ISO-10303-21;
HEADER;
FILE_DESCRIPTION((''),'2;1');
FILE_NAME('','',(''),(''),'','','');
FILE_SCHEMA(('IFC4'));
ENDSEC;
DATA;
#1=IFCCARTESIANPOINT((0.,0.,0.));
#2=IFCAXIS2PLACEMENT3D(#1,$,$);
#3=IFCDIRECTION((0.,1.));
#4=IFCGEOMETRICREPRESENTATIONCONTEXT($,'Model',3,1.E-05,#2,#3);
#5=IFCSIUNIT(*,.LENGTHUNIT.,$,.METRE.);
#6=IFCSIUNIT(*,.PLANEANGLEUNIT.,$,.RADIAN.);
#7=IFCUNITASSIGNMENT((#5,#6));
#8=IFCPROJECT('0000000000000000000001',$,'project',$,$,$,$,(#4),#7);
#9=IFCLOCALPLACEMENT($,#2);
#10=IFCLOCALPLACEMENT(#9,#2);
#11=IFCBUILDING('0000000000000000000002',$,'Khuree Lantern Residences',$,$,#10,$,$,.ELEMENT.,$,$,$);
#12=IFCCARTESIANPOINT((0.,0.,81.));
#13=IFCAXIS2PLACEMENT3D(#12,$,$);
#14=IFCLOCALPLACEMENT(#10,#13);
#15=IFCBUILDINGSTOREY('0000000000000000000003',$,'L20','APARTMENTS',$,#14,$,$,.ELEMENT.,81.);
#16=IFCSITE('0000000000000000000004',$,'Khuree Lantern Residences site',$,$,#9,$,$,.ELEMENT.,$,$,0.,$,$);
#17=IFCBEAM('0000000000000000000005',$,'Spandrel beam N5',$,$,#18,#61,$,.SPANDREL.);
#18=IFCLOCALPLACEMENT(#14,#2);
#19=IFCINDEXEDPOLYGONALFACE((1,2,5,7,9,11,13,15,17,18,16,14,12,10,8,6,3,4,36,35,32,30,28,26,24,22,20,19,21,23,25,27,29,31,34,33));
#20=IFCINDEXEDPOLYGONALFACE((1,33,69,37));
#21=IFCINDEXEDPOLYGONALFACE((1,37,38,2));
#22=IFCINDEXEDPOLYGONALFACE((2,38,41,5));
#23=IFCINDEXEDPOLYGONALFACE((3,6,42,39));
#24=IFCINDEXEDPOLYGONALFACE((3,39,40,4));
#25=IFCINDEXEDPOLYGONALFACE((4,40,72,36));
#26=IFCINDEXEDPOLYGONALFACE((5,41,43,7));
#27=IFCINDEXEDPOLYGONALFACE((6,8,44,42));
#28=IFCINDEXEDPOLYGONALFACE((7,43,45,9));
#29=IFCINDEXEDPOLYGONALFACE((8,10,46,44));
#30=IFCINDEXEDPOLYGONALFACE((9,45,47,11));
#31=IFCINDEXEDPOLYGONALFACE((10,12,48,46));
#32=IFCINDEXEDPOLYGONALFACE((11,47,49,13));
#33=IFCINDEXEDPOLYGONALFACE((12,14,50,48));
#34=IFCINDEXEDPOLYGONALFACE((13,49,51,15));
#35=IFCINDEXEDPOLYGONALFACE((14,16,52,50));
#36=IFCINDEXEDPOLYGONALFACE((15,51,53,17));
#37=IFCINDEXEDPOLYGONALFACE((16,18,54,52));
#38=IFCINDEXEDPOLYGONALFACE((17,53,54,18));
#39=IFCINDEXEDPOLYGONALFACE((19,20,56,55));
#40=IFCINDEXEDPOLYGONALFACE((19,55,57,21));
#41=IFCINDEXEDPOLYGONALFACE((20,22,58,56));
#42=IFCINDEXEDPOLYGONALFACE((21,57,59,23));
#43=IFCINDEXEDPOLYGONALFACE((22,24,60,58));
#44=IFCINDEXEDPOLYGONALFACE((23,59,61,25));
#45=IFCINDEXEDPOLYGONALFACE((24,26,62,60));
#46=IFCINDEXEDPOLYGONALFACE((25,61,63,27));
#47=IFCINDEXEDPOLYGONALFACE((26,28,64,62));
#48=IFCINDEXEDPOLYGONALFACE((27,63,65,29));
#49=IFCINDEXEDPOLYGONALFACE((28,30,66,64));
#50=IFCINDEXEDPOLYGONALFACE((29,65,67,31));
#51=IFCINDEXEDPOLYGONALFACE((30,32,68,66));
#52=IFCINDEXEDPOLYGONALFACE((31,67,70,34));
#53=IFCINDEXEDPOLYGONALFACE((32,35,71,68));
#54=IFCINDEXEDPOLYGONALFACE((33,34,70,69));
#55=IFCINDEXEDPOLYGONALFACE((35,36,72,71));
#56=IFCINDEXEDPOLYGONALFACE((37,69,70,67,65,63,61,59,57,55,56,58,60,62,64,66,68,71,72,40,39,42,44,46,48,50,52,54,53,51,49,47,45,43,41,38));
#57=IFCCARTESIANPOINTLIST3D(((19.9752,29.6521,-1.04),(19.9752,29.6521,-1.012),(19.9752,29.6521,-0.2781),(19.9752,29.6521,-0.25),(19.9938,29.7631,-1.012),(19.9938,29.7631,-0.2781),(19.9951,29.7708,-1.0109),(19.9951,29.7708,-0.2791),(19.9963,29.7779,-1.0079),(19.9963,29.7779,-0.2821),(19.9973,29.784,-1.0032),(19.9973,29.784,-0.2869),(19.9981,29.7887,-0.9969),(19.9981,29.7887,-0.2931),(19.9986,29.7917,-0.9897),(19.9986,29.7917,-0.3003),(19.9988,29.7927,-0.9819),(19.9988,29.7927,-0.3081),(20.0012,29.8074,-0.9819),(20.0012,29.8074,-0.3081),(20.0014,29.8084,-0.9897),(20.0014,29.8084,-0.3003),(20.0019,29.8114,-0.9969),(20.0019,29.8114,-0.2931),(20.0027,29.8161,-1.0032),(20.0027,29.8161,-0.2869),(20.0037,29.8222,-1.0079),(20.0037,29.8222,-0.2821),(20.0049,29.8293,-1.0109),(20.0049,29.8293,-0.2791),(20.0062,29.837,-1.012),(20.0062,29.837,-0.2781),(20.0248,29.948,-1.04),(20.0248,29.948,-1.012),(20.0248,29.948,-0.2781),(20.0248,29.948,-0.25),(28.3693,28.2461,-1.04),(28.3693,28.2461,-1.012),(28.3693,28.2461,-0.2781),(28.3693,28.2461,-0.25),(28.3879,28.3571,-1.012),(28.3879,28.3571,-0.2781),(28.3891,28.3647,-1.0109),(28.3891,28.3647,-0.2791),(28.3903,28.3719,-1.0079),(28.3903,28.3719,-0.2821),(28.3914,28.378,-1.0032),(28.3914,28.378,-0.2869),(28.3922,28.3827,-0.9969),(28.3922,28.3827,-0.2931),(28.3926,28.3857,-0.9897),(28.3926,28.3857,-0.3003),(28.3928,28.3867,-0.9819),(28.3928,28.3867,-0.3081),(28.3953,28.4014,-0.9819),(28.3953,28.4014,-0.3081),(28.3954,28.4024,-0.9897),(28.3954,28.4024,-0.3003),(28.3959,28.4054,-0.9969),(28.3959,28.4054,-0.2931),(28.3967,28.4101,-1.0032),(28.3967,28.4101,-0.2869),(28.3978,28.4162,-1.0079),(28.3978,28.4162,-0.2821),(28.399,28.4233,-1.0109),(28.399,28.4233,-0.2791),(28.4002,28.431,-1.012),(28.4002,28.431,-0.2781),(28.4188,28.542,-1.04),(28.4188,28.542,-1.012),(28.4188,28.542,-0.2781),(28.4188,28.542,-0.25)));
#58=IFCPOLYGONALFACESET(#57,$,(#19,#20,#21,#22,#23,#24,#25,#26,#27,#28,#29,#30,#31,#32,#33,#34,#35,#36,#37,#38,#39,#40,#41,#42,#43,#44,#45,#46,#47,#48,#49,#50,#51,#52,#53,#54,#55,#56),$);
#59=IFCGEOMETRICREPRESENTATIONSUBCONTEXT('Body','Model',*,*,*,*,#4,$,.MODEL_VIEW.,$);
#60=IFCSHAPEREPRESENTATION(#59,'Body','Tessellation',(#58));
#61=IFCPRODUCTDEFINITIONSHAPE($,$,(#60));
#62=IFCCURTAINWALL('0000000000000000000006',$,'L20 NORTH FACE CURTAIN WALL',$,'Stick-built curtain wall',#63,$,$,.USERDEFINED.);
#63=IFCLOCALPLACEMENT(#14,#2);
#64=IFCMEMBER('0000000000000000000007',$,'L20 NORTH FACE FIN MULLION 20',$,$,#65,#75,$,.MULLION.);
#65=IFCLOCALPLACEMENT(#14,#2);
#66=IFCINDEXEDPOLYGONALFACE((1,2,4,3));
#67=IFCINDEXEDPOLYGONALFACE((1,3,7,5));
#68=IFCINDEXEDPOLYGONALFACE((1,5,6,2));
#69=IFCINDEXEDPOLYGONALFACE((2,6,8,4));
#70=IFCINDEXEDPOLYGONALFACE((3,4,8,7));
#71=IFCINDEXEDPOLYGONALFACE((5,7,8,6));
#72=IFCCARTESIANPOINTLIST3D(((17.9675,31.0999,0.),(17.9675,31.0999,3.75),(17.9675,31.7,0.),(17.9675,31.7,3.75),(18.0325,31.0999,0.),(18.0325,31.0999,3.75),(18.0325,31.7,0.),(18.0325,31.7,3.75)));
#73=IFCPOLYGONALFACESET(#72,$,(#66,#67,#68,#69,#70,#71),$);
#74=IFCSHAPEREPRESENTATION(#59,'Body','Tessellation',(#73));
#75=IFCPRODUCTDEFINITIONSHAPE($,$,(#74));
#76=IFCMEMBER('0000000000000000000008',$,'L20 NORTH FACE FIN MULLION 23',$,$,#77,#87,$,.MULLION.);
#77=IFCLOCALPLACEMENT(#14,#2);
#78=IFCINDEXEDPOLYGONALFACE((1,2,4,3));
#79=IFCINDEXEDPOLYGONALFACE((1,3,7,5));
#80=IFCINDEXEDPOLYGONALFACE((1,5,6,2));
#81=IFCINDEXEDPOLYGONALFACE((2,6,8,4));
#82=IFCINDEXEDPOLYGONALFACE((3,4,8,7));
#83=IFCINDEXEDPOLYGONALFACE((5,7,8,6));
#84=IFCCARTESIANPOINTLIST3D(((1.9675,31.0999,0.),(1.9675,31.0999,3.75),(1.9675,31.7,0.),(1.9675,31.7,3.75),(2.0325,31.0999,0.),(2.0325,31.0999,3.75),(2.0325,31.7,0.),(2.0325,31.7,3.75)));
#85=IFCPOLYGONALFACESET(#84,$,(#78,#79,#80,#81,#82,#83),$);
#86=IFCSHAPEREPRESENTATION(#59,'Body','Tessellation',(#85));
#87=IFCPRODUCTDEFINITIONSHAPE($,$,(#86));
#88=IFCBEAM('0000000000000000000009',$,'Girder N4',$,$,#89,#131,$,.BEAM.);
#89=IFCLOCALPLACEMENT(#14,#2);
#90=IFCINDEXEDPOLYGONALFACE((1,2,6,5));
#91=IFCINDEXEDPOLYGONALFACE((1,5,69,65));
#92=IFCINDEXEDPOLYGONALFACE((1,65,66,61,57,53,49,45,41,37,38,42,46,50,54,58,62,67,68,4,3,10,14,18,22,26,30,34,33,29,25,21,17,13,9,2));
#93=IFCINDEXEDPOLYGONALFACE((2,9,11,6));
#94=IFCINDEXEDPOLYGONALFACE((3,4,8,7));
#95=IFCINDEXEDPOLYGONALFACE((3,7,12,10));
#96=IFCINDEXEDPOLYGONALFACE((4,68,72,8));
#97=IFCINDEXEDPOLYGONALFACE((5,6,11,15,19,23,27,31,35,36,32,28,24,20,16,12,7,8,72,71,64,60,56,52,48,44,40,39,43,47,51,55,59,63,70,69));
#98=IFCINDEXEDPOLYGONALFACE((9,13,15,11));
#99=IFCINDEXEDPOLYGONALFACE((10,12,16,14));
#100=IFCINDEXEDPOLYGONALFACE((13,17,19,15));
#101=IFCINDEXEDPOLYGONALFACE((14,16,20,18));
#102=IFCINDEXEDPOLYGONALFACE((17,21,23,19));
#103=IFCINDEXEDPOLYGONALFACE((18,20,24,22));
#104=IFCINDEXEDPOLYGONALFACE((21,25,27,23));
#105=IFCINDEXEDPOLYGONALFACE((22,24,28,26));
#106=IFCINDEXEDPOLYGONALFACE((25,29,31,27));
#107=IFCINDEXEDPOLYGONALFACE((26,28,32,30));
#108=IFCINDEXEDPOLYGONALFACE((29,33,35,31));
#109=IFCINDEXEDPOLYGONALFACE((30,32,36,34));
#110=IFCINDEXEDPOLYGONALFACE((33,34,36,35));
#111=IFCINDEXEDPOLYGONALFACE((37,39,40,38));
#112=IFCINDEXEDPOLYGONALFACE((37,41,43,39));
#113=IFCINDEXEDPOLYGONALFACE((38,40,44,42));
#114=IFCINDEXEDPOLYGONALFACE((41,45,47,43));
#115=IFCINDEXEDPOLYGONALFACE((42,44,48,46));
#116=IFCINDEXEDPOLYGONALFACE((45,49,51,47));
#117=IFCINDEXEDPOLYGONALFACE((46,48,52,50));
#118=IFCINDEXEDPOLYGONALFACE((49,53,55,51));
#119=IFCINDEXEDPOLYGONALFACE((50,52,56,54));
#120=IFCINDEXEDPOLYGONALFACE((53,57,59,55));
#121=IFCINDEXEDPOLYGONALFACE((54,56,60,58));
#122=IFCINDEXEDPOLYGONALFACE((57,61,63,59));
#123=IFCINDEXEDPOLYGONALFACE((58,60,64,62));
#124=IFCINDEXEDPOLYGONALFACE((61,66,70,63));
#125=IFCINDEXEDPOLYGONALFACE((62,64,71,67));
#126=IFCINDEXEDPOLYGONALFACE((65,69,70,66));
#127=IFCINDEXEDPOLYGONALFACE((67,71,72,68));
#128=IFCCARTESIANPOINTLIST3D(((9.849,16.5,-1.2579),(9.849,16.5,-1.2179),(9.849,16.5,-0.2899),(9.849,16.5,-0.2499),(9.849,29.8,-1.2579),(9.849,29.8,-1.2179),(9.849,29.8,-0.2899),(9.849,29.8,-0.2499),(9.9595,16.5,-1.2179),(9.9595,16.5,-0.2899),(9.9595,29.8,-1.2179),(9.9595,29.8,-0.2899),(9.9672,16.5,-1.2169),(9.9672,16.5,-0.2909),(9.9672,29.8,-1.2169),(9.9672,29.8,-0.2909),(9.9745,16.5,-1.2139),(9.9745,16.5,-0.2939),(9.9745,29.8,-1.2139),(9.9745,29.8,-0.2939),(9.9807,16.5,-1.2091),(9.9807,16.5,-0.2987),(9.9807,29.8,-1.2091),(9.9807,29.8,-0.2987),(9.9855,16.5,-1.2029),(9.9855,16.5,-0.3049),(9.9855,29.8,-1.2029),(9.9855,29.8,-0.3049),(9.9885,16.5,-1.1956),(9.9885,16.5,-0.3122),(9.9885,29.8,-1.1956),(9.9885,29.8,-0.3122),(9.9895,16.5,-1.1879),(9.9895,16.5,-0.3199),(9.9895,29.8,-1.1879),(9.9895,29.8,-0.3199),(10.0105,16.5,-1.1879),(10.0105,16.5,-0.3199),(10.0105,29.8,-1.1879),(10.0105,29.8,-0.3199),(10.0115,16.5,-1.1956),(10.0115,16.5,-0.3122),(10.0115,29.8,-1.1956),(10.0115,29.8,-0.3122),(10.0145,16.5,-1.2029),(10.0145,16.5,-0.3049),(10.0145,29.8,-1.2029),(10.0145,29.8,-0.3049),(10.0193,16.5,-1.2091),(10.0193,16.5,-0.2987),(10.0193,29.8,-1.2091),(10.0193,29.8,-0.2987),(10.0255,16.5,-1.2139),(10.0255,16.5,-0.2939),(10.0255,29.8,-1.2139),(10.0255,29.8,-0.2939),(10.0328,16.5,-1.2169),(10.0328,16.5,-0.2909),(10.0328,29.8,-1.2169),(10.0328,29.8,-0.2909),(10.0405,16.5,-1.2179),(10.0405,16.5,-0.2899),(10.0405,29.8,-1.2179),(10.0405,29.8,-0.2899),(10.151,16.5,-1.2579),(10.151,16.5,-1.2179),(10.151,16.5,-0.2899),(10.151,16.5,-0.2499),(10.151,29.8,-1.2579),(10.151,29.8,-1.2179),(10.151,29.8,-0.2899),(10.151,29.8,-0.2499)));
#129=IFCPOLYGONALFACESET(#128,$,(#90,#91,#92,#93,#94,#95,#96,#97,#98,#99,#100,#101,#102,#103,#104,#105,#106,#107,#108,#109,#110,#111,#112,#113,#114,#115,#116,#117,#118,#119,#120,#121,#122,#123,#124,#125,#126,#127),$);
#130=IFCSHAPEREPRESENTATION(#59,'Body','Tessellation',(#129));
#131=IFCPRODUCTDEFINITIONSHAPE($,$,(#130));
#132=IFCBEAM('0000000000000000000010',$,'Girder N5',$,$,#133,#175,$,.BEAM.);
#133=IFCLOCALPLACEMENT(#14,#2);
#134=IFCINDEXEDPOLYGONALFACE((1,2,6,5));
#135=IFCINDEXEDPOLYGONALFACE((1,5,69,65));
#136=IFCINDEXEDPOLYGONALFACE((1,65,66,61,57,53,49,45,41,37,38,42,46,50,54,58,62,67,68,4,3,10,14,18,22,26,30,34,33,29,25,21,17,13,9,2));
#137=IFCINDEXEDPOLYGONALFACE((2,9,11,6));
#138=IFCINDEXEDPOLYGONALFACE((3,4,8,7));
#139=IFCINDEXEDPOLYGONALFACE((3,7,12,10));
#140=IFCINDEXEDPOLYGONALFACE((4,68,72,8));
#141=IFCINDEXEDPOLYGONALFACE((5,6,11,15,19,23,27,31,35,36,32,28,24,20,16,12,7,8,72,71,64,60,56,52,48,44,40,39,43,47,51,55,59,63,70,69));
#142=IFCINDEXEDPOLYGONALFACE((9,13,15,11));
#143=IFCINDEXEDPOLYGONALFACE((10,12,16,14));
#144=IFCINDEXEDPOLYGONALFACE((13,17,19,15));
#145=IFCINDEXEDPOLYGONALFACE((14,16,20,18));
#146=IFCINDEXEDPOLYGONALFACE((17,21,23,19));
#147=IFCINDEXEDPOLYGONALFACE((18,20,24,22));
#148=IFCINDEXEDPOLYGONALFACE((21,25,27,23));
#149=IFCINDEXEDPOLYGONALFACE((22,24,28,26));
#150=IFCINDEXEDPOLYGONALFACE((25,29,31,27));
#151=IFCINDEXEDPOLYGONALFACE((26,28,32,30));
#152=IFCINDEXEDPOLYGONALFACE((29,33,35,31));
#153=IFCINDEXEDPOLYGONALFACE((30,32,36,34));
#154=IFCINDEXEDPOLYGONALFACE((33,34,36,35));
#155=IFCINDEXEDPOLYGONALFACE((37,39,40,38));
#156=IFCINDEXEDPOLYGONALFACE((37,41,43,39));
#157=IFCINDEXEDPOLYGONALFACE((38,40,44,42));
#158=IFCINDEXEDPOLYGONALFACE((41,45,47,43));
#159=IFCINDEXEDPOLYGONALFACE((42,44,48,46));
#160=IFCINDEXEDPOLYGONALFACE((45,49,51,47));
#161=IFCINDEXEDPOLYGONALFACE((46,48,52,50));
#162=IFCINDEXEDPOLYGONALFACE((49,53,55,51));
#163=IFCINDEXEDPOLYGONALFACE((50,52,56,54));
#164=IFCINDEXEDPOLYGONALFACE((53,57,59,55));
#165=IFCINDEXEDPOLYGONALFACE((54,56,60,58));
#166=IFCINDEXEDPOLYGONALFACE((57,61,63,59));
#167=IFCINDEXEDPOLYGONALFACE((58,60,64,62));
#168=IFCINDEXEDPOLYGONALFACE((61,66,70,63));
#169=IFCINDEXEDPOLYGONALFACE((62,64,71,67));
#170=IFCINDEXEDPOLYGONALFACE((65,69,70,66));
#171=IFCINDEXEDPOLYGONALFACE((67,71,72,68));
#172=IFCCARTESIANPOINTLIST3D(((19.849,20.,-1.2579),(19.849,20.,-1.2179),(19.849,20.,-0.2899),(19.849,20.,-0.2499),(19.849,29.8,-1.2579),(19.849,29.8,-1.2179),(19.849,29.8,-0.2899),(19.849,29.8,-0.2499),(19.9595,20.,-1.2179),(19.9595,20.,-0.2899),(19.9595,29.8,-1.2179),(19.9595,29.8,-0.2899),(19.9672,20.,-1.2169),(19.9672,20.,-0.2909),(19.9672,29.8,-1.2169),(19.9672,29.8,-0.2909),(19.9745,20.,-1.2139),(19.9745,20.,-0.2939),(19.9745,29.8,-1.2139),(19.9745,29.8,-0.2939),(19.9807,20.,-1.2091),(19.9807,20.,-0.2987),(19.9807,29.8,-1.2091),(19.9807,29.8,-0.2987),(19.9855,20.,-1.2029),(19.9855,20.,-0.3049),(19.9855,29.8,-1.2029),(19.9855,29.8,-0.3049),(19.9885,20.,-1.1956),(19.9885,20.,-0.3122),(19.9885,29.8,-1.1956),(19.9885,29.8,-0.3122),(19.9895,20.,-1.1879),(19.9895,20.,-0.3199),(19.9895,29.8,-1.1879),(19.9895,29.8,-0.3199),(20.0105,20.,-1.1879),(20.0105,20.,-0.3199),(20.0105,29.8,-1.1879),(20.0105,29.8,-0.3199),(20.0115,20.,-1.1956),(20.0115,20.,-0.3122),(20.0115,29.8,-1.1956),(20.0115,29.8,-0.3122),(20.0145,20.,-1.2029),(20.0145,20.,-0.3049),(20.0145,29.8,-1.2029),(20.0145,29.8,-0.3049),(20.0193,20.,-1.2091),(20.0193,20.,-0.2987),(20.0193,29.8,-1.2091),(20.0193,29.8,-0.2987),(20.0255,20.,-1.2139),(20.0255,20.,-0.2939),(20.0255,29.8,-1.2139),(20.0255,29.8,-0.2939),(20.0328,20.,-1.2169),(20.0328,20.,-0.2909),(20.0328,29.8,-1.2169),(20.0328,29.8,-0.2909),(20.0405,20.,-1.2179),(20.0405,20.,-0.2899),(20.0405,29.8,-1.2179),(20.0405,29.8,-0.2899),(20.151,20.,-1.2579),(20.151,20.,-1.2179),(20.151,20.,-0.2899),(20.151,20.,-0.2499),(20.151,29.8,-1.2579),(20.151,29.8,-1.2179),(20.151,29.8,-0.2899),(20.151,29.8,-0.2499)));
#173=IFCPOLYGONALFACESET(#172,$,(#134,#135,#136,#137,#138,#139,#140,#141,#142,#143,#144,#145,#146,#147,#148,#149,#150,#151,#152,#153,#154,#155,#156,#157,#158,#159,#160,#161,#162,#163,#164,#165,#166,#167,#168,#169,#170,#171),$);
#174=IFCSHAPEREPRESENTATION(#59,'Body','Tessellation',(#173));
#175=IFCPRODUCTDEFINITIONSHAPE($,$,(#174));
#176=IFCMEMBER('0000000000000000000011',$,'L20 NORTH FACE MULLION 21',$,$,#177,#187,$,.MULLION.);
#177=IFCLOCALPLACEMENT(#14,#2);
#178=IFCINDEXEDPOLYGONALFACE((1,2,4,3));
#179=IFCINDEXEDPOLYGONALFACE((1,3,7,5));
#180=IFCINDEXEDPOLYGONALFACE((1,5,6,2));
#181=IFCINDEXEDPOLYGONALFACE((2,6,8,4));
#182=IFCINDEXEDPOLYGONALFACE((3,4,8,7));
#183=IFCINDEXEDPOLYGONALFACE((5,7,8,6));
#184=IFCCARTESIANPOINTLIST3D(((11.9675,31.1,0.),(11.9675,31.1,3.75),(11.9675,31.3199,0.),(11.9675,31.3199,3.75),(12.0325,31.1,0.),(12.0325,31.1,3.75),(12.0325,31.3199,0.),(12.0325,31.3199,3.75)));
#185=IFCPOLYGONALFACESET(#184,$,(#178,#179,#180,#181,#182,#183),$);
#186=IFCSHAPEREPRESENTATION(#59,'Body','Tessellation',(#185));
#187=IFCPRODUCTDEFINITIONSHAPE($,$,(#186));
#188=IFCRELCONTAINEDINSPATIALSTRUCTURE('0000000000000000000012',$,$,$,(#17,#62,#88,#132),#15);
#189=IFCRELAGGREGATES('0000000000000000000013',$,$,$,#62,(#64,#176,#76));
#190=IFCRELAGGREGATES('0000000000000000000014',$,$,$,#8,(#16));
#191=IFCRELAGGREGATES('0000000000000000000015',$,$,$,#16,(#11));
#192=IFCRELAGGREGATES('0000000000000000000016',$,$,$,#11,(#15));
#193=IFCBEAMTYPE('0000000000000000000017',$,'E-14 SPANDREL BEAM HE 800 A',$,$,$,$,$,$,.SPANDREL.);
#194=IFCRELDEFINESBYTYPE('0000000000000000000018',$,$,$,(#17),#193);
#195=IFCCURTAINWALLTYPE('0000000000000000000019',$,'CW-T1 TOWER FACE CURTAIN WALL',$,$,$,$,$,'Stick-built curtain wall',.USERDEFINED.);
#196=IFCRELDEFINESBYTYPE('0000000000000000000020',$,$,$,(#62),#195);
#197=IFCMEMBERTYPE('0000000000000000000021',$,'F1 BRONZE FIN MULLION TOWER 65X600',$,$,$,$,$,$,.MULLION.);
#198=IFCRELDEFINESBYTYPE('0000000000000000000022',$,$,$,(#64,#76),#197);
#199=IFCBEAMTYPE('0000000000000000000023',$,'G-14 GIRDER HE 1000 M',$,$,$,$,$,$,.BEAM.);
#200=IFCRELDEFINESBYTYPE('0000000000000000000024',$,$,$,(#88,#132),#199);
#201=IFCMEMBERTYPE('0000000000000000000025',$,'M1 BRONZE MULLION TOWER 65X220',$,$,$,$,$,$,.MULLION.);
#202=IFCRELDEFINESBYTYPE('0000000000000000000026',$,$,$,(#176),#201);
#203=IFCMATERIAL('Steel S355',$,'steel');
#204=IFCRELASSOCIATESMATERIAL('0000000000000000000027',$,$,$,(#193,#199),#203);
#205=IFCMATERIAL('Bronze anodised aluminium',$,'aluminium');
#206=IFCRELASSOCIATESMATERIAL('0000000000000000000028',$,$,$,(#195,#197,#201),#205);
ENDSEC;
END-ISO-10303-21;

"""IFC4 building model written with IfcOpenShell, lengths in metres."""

from ifc_helpers import new_model, si_unit, direction, frame, origin, origin_2d, place, context, subcontext, project, spatial, rectangle, i_section, extrude, material, material_profile, profile_set, type_object, element, aggregate, save


model = new_model("IFC4")

# Units and contexts
model_context = context("Model", 3, precision=1e-05, world=origin(), true_north=direction((0.0, 1.0)))
body_context = subcontext(model_context, "Body", "Model", "MODEL_VIEW")
ifc_project = project(units=[si_unit("LENGTHUNIT", "METRE"), si_unit("PLANEANGLEUNIT", "RADIAN")], contexts=[model_context])

# Site, building, storey
site_placement = place(None, origin())
site = spatial("IfcSite", under=ifc_project, at=site_placement, Name="Khuree Lantern Residences site", CompositionType="ELEMENT", RefElevation=0.0)
building_placement = place(site_placement, origin())
building = spatial("IfcBuilding", under=site, at=building_placement, Name="Khuree Lantern Residences", CompositionType="ELEMENT")
storey_placement = place(building_placement, frame((0.0, 0.0, 81.0)))
storey = spatial("IfcBuildingStorey", under=building, at=storey_placement, Name="L20", Description="APARTMENTS", CompositionType="ELEMENT", Elevation=81.0)

# Beam
ifc_material_1 = material(Name="Steel S355", Category="steel")
ifc_material_profile_1 = material_profile(ifc_material_1, i_section(OverallWidth=0.3, OverallDepth=0.79, WebThickness=0.0149, FlangeThickness=0.0281, FilletRadius=0.03, at=origin_2d()), Name="HE 800 A")
ifc_profile_set_1 = profile_set([ifc_material_profile_1], Name="Steel S355")
beam_type_1 = type_object("IfcBeamType", Name="E-14 SPANDREL BEAM HE 800 A", PredefinedType="SPANDREL", material=ifc_profile_set_1)
beam_1_placement = place(storey_placement, frame((20.0, 29.8, -0.645), z_axis=(0.98626, -0.165199, 0.0), x_axis=(0.165199, 0.98626, 0.0)))
element("IfcBeam", 1, at=beam_1_placement, inside=storey, type_object=beam_type_1, Name="Spandrel beam N5", PredefinedType="SPANDREL", context=body_context, shape_type="SweptSolid", body=[
    extrude(i_section(OverallWidth=0.3, OverallDepth=0.79, WebThickness=0.0149, FlangeThickness=0.0281, FilletRadius=0.03, at=origin_2d()), origin(), (0.0, 0.0, 1.0), 8.511),
])

# Curtain wall, members
ifc_material_2 = material(Name="Bronze anodised aluminium", Category="aluminium")
curtain_wall_type = type_object("IfcCurtainWallType", Name="CW-T1 TOWER FACE CURTAIN WALL", ElementType="Stick-built curtain wall", PredefinedType="USERDEFINED", material=ifc_material_2)
curtain_wall_placement = place(storey_placement, origin())
curtain_wall = element("IfcCurtainWall", 2, at=curtain_wall_placement, inside=storey, type_object=curtain_wall_type, Name="L20 NORTH FACE CURTAIN WALL", ObjectType="Stick-built curtain wall", PredefinedType="USERDEFINED")
ifc_material_profile_2 = material_profile(ifc_material_2, rectangle(XDim=0.0649, YDim=0.6001, at=origin_2d()), Name="F1 65X600")
ifc_profile_set_2 = profile_set([ifc_material_profile_2], Name="Bronze anodised aluminium")
member_type_1 = type_object("IfcMemberType", Name="F1 BRONZE FIN MULLION TOWER 65X600", PredefinedType="MULLION", material=ifc_profile_set_2)
member_1_placement = place(storey_placement, frame((18.0, 31.3999, 0.0), z_axis=(0.0, 0.0, 1.0), x_axis=(-1.0, 0.0, 0.0)))
member_1 = element("IfcMember", 3, at=member_1_placement, type_object=member_type_1, Name="L20 NORTH FACE FIN MULLION 20", PredefinedType="MULLION", context=body_context, shape_type="SweptSolid", body=[
    extrude(rectangle(XDim=0.0649, YDim=0.6001, at=origin_2d()), origin(), (0.0, 0.0, 1.0), 3.75),
])
member_2_placement = place(storey_placement, frame((2.0, 31.3999, 0.0), z_axis=(0.0, 0.0, 1.0), x_axis=(-1.0, 0.0, 0.0)))
member_2 = element("IfcMember", 4, at=member_2_placement, type_object=member_type_1, Name="L20 NORTH FACE FIN MULLION 23", PredefinedType="MULLION", context=body_context, shape_type="SweptSolid", body=[
    extrude(rectangle(XDim=0.0649, YDim=0.6001, at=origin_2d()), origin(), (0.0, 0.0, 1.0), 3.75),
])

# Beams
ifc_material_profile_3 = material_profile(ifc_material_1, i_section(OverallWidth=0.302, OverallDepth=1.0081, WebThickness=0.021, FlangeThickness=0.04, FilletRadius=0.03, at=origin_2d()), Name="HE 1000 M")
ifc_profile_set_3 = profile_set([ifc_material_profile_3], Name="Steel S355")
beam_type_2 = type_object("IfcBeamType", Name="G-14 GIRDER HE 1000 M", PredefinedType="BEAM", material=ifc_profile_set_3)
beam_2_placement = place(storey_placement, frame((10.0, 29.8, -0.7539), z_axis=(0.0, -1.0, 0.0), x_axis=(1.0, 0.0, 0.0)))
element("IfcBeam", 5, at=beam_2_placement, inside=storey, type_object=beam_type_2, Name="Girder N4", PredefinedType="BEAM", context=body_context, shape_type="SweptSolid", body=[
    extrude(i_section(OverallWidth=0.302, OverallDepth=1.0081, WebThickness=0.021, FlangeThickness=0.04, FilletRadius=0.03, at=origin_2d()), origin(), (0.0, 0.0, 1.0), 13.3),
])
beam_3_placement = place(storey_placement, frame((20.0, 29.8, -0.7539), z_axis=(0.0, -1.0, 0.0), x_axis=(1.0, 0.0, 0.0)))
element("IfcBeam", 6, at=beam_3_placement, inside=storey, type_object=beam_type_2, Name="Girder N5", PredefinedType="BEAM", context=body_context, shape_type="SweptSolid", body=[
    extrude(i_section(OverallWidth=0.302, OverallDepth=1.0081, WebThickness=0.021, FlangeThickness=0.04, FilletRadius=0.03, at=origin_2d()), origin(), (0.0, 0.0, 1.0), 9.8),
])

# Member
ifc_material_profile_4 = material_profile(ifc_material_2, rectangle(XDim=0.0649, YDim=0.22, at=origin_2d()), Name="M1 65X220")
ifc_profile_set_4 = profile_set([ifc_material_profile_4], Name="Bronze anodised aluminium")
member_type_2 = type_object("IfcMemberType", Name="M1 BRONZE MULLION TOWER 65X220", PredefinedType="MULLION", material=ifc_profile_set_4)
member_3_placement = place(storey_placement, frame((12.0, 31.21, 0.0), z_axis=(0.0, 0.0, 1.0), x_axis=(-1.0, 0.0, 0.0)))
member_3 = element("IfcMember", 7, at=member_3_placement, type_object=member_type_2, Name="L20 NORTH FACE MULLION 21", PredefinedType="MULLION", context=body_context, shape_type="SweptSolid", body=[
    extrude(rectangle(XDim=0.0649, YDim=0.22, at=origin_2d()), origin(), (0.0, 0.0, 1.0), 3.75),
])

aggregate(curtain_wall, [member_1, member_3, member_2])

save(model, "model.ifc")
